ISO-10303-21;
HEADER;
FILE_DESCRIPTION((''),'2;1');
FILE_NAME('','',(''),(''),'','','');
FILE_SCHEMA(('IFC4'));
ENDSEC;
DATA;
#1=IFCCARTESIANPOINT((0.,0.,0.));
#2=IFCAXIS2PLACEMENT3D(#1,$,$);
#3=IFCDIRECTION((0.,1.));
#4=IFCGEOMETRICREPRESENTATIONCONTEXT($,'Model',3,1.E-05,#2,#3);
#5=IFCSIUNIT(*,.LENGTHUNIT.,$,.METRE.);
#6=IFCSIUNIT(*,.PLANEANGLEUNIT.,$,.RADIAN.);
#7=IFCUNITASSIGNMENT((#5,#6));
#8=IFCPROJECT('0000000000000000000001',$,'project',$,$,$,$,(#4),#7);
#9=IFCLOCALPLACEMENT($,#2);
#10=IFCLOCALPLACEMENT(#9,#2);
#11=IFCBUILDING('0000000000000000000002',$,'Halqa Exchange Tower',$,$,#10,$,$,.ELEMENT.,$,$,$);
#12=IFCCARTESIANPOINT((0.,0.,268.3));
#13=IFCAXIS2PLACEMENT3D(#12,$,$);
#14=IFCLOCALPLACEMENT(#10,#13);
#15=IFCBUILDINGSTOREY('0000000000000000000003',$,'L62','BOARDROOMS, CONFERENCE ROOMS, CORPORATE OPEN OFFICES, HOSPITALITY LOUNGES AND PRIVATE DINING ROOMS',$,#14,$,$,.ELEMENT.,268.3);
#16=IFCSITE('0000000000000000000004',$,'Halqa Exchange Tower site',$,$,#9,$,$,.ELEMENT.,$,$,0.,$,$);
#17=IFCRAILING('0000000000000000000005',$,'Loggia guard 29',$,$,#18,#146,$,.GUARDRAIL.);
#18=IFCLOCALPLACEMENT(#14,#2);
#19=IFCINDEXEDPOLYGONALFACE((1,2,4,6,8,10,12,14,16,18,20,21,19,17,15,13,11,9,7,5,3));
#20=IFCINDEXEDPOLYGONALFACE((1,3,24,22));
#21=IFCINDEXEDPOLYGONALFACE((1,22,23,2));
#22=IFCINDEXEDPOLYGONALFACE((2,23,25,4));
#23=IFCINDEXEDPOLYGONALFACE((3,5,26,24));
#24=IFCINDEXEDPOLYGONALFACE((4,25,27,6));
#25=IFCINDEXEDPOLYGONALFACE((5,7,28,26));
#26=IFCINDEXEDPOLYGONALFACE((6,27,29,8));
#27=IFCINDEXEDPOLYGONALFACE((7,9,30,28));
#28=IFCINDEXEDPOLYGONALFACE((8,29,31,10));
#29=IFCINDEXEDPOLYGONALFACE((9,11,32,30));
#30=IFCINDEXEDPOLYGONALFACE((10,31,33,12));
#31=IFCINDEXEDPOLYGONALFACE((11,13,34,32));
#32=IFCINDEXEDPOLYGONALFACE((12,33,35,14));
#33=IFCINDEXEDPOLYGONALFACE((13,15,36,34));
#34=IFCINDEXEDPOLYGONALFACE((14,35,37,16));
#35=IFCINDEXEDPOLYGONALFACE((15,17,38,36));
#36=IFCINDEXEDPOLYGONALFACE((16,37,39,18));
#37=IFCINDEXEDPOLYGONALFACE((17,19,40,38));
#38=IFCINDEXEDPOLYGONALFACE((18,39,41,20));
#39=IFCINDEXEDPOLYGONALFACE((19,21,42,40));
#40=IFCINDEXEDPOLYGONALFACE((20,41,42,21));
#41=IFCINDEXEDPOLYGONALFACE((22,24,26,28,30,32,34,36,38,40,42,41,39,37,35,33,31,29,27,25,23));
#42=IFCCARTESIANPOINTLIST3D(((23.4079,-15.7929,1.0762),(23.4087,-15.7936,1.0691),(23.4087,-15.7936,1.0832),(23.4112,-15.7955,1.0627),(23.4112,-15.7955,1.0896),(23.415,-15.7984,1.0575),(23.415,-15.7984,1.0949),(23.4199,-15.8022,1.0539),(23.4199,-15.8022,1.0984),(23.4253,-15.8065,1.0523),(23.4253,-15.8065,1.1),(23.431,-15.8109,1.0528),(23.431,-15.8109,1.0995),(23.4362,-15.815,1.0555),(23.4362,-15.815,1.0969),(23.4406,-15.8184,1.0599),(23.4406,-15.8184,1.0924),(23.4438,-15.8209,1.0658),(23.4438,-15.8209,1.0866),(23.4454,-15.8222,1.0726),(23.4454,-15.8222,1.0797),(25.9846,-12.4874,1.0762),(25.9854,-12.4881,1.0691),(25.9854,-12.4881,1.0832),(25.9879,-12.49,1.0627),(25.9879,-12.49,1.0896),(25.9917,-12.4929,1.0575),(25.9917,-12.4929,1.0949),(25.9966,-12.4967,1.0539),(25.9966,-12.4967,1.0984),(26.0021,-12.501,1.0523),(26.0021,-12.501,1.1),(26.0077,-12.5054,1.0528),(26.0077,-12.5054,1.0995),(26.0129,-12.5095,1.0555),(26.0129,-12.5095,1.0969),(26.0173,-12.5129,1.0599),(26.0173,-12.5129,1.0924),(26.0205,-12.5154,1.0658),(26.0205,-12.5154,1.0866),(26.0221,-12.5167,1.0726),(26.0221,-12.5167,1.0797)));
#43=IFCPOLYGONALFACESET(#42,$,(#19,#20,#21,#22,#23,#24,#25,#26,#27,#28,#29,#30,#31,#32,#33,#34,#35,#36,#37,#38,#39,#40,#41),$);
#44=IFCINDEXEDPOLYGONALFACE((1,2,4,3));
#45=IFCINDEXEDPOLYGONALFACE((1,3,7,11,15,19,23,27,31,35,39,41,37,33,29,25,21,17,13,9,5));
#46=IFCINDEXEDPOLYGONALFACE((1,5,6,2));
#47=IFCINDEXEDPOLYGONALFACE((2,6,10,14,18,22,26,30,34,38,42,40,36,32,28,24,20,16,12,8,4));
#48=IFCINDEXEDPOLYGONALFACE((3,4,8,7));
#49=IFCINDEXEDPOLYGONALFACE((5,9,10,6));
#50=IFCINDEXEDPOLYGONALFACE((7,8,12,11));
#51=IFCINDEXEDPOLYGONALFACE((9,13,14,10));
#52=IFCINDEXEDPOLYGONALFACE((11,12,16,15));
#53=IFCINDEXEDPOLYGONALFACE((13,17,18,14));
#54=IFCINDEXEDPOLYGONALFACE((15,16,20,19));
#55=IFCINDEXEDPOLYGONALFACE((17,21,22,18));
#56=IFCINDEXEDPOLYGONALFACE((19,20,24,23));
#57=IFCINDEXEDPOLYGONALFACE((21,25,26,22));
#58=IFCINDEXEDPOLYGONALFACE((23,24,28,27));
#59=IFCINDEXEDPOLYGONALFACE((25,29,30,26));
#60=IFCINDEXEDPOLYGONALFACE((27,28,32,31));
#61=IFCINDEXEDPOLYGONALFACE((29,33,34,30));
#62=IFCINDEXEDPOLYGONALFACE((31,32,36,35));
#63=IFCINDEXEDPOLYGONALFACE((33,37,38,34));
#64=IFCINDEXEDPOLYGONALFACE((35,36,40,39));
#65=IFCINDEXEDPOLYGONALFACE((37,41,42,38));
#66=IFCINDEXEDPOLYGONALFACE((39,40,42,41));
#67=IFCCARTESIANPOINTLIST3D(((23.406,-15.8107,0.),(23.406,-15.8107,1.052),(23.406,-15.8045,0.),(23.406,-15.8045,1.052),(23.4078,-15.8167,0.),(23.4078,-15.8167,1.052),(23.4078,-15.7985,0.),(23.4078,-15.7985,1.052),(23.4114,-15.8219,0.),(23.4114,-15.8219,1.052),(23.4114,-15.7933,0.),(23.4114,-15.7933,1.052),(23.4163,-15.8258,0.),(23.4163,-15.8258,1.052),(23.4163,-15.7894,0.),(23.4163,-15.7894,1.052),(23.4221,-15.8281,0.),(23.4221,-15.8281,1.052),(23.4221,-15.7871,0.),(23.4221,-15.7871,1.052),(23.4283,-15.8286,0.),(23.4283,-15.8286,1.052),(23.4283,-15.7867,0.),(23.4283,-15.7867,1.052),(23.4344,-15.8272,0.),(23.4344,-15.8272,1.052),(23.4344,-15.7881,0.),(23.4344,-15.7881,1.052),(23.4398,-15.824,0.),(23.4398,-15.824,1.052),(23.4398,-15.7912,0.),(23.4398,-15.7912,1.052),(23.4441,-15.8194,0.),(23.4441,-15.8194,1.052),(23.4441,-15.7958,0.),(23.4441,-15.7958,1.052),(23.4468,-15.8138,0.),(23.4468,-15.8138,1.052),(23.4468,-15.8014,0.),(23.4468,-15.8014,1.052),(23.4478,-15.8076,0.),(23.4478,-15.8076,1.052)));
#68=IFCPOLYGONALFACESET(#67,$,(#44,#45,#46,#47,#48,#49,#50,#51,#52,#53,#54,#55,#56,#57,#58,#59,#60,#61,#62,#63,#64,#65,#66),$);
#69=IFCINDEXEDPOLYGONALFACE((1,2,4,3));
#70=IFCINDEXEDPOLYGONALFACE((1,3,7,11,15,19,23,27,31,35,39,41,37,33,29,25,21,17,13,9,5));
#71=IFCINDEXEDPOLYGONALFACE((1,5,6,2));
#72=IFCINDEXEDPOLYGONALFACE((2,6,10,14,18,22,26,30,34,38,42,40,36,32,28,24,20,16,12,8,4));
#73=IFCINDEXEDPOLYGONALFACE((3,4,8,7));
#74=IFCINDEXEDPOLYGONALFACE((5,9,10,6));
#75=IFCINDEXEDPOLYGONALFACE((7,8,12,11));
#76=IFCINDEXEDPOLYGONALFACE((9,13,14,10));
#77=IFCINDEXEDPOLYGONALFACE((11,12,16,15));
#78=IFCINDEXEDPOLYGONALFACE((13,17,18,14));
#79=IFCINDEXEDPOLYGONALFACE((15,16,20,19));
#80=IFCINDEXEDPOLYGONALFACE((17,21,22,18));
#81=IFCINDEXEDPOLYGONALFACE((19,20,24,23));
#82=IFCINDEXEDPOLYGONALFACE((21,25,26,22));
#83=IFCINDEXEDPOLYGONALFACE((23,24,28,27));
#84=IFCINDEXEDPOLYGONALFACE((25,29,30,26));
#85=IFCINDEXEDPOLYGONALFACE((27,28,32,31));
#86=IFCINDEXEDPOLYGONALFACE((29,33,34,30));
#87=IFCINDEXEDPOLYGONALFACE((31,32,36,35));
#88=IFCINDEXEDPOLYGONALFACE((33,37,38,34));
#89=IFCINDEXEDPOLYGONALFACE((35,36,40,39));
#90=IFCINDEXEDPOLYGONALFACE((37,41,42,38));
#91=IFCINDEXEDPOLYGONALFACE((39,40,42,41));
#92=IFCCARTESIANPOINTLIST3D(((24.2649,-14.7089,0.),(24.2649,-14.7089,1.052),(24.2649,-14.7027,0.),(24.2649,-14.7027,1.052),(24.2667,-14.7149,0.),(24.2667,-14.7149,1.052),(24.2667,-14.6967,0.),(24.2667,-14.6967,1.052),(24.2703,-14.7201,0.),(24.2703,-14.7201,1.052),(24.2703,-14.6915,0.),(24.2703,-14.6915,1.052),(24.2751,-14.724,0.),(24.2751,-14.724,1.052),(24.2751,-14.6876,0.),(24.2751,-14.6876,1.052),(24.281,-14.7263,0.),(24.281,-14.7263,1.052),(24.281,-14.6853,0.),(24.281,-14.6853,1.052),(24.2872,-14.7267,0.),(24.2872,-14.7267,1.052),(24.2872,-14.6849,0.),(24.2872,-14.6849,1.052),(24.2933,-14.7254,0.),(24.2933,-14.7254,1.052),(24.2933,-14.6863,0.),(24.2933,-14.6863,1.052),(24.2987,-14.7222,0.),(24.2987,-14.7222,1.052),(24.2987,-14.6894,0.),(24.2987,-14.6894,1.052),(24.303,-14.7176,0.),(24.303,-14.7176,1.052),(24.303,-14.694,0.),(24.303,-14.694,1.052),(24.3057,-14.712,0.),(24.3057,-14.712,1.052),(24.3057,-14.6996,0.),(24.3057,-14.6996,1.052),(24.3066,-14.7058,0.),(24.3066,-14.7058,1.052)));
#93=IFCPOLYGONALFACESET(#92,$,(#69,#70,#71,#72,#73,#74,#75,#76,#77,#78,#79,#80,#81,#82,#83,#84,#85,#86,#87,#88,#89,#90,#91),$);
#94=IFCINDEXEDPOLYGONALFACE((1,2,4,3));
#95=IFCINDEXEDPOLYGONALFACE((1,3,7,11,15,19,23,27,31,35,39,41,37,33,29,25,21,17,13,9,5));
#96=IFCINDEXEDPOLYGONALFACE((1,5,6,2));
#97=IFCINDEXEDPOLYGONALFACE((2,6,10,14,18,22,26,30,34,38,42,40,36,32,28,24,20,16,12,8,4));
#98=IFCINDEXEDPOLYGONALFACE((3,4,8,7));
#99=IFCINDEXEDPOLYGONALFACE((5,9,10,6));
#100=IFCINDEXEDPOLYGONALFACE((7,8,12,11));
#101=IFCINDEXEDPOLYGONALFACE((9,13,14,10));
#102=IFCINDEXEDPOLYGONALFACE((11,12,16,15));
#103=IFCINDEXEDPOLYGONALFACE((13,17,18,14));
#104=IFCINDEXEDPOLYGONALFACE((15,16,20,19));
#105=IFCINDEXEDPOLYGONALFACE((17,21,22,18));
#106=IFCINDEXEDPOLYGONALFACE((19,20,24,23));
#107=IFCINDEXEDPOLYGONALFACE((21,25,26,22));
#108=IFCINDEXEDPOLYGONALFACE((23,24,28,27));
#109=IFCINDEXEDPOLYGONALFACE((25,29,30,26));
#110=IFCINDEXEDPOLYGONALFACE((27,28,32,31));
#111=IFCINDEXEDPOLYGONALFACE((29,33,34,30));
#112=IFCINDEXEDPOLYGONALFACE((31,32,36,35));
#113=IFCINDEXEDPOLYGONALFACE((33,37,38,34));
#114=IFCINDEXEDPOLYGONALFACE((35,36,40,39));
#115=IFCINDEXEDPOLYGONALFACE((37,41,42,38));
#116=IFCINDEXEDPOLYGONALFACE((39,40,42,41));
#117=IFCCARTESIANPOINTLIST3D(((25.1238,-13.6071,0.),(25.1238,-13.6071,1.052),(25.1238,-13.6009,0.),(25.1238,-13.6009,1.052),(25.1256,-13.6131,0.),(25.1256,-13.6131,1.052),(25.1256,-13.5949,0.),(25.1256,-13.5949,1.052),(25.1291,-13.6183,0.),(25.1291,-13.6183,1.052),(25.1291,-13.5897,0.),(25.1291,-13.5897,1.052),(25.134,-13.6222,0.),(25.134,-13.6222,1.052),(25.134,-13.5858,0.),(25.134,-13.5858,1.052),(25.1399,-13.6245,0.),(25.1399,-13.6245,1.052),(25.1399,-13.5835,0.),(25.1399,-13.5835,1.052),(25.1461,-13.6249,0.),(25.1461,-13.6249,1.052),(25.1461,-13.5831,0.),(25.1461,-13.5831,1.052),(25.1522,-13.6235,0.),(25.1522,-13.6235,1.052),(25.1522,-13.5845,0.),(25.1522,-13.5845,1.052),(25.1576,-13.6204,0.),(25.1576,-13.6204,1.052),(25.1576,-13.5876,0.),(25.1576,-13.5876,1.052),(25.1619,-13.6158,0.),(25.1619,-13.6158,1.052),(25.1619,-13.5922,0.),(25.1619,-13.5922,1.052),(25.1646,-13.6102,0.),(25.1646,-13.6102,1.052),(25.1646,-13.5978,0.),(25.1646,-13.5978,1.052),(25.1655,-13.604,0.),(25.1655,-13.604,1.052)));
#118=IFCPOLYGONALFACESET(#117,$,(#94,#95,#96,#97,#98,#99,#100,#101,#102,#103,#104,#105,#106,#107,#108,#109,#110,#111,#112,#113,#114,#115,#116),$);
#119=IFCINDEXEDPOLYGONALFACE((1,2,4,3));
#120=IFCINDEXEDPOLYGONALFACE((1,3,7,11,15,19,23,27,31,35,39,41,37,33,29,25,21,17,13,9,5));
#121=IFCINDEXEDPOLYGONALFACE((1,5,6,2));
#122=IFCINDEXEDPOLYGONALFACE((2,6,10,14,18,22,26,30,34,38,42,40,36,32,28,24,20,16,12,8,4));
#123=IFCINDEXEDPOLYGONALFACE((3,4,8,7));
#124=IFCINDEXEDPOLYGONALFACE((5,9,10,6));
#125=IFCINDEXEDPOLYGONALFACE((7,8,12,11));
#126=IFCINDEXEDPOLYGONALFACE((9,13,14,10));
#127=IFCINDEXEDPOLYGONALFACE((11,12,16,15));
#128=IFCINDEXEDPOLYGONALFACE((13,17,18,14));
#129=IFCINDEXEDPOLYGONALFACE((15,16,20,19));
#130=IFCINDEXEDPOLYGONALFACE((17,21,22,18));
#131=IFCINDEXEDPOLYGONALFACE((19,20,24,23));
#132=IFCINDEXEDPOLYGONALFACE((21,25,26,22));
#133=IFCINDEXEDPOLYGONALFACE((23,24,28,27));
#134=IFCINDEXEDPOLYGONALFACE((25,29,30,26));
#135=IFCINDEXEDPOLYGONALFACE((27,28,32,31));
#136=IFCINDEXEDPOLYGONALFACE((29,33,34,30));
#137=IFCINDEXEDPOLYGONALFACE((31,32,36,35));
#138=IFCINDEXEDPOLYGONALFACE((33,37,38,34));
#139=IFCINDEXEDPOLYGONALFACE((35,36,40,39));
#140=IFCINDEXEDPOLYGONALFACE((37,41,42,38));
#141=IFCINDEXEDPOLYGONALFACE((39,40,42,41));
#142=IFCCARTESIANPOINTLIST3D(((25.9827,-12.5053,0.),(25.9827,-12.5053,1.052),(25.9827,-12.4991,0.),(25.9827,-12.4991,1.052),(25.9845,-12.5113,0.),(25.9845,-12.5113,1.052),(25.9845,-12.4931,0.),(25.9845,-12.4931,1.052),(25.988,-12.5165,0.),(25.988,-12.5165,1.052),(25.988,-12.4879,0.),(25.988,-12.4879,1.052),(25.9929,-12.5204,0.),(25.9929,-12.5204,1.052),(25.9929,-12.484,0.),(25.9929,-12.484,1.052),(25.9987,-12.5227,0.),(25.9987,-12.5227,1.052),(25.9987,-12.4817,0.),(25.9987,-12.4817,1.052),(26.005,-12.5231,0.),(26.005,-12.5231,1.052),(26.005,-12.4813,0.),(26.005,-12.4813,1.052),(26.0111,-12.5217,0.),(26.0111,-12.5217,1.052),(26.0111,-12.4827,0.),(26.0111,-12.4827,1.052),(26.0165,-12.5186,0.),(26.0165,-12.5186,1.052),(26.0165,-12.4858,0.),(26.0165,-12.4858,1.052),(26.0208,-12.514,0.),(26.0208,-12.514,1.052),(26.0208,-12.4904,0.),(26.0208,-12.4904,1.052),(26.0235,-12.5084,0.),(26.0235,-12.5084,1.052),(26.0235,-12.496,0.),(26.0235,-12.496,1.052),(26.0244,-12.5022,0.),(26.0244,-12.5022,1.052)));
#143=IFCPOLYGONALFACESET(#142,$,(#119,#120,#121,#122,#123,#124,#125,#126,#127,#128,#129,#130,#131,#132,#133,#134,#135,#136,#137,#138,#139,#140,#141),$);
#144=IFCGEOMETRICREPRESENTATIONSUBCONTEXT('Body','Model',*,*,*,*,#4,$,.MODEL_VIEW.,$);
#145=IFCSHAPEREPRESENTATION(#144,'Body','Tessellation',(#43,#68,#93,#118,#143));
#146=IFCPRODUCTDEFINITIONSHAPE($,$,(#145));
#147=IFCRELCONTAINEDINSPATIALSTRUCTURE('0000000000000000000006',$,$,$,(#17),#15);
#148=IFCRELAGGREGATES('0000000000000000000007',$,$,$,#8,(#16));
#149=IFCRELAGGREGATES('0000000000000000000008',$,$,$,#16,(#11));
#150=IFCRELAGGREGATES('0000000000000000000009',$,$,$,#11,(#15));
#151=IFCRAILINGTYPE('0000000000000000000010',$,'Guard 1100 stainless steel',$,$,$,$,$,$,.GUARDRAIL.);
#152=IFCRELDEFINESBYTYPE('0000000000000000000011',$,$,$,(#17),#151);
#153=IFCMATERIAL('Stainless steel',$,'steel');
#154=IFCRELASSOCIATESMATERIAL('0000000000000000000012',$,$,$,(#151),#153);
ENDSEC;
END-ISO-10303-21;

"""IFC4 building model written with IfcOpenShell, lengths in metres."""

from ifc_helpers import new_model, si_unit, direction, frame, origin, origin_2d, place, context, subcontext, project, spatial, circle, extrude, material, type_object, element, save


model = new_model("IFC4")

# Units and contexts
model_context = context("Model", 3, precision=1e-05, world=origin(), true_north=direction((0.0, 1.0)))
body_context = subcontext(model_context, "Body", "Model", "MODEL_VIEW")
ifc_project = project(units=[si_unit("LENGTHUNIT", "METRE"), si_unit("PLANEANGLEUNIT", "RADIAN")], contexts=[model_context])

# Site, building, storey
site_placement = place(None, origin())
site = spatial("IfcSite", under=ifc_project, at=site_placement, Name="Halqa Exchange Tower site", CompositionType="ELEMENT", RefElevation=0.0)
building_placement = place(site_placement, origin())
building = spatial("IfcBuilding", under=site, at=building_placement, Name="Halqa Exchange Tower", CompositionType="ELEMENT")
storey_placement = place(building_placement, frame((0.0, 0.0, 268.3)))
storey = spatial("IfcBuildingStorey", under=building, at=storey_placement, Name="L62", Description="BOARDROOMS, CONFERENCE ROOMS, CORPORATE OPEN OFFICES, HOSPITALITY LOUNGES AND PRIVATE DINING ROOMS", CompositionType="ELEMENT", Elevation=268.3)

# Railing
ifc_material_1 = material(Name="Stainless steel", Category="steel")
railing_type = type_object("IfcRailingType", Name="Guard 1100 stainless steel", PredefinedType="GUARDRAIL", material=ifc_material_1)
railing_1_placement = place(storey_placement, frame((23.4268, -15.8076, 0.0)))
element("IfcRailing", 1, at=railing_1_placement, inside=storey, type_object=railing_type, Name="Loggia guard 29", PredefinedType="GUARDRAIL", context=body_context, shape_type="SweptSolid", body=[
    extrude(circle(Radius=0.0239, at=origin_2d()), frame((0.0, 0.0, 1.0762), z_axis=(0.614799, 0.788684, 0.0), x_axis=(-0.788684, 0.614799, 0.0)), (0.0, 0.0, 1.0), 4.1912),
    extrude(circle(Radius=0.021, at=origin_2d()), origin(), (0.0, 0.0, 1.0), 1.052),
    extrude(circle(Radius=0.021, at=origin_2d()), frame((0.8589, 1.1018, 0.0)), (0.0, 0.0, 1.0), 1.052),
    extrude(circle(Radius=0.021, at=origin_2d()), frame((1.7178, 2.2036, 0.0)), (0.0, 0.0, 1.0), 1.052),
    extrude(circle(Radius=0.021, at=origin_2d()), frame((2.5767, 3.3054, 0.0)), (0.0, 0.0, 1.0), 1.052),
])

save(model, "model.ifc")
